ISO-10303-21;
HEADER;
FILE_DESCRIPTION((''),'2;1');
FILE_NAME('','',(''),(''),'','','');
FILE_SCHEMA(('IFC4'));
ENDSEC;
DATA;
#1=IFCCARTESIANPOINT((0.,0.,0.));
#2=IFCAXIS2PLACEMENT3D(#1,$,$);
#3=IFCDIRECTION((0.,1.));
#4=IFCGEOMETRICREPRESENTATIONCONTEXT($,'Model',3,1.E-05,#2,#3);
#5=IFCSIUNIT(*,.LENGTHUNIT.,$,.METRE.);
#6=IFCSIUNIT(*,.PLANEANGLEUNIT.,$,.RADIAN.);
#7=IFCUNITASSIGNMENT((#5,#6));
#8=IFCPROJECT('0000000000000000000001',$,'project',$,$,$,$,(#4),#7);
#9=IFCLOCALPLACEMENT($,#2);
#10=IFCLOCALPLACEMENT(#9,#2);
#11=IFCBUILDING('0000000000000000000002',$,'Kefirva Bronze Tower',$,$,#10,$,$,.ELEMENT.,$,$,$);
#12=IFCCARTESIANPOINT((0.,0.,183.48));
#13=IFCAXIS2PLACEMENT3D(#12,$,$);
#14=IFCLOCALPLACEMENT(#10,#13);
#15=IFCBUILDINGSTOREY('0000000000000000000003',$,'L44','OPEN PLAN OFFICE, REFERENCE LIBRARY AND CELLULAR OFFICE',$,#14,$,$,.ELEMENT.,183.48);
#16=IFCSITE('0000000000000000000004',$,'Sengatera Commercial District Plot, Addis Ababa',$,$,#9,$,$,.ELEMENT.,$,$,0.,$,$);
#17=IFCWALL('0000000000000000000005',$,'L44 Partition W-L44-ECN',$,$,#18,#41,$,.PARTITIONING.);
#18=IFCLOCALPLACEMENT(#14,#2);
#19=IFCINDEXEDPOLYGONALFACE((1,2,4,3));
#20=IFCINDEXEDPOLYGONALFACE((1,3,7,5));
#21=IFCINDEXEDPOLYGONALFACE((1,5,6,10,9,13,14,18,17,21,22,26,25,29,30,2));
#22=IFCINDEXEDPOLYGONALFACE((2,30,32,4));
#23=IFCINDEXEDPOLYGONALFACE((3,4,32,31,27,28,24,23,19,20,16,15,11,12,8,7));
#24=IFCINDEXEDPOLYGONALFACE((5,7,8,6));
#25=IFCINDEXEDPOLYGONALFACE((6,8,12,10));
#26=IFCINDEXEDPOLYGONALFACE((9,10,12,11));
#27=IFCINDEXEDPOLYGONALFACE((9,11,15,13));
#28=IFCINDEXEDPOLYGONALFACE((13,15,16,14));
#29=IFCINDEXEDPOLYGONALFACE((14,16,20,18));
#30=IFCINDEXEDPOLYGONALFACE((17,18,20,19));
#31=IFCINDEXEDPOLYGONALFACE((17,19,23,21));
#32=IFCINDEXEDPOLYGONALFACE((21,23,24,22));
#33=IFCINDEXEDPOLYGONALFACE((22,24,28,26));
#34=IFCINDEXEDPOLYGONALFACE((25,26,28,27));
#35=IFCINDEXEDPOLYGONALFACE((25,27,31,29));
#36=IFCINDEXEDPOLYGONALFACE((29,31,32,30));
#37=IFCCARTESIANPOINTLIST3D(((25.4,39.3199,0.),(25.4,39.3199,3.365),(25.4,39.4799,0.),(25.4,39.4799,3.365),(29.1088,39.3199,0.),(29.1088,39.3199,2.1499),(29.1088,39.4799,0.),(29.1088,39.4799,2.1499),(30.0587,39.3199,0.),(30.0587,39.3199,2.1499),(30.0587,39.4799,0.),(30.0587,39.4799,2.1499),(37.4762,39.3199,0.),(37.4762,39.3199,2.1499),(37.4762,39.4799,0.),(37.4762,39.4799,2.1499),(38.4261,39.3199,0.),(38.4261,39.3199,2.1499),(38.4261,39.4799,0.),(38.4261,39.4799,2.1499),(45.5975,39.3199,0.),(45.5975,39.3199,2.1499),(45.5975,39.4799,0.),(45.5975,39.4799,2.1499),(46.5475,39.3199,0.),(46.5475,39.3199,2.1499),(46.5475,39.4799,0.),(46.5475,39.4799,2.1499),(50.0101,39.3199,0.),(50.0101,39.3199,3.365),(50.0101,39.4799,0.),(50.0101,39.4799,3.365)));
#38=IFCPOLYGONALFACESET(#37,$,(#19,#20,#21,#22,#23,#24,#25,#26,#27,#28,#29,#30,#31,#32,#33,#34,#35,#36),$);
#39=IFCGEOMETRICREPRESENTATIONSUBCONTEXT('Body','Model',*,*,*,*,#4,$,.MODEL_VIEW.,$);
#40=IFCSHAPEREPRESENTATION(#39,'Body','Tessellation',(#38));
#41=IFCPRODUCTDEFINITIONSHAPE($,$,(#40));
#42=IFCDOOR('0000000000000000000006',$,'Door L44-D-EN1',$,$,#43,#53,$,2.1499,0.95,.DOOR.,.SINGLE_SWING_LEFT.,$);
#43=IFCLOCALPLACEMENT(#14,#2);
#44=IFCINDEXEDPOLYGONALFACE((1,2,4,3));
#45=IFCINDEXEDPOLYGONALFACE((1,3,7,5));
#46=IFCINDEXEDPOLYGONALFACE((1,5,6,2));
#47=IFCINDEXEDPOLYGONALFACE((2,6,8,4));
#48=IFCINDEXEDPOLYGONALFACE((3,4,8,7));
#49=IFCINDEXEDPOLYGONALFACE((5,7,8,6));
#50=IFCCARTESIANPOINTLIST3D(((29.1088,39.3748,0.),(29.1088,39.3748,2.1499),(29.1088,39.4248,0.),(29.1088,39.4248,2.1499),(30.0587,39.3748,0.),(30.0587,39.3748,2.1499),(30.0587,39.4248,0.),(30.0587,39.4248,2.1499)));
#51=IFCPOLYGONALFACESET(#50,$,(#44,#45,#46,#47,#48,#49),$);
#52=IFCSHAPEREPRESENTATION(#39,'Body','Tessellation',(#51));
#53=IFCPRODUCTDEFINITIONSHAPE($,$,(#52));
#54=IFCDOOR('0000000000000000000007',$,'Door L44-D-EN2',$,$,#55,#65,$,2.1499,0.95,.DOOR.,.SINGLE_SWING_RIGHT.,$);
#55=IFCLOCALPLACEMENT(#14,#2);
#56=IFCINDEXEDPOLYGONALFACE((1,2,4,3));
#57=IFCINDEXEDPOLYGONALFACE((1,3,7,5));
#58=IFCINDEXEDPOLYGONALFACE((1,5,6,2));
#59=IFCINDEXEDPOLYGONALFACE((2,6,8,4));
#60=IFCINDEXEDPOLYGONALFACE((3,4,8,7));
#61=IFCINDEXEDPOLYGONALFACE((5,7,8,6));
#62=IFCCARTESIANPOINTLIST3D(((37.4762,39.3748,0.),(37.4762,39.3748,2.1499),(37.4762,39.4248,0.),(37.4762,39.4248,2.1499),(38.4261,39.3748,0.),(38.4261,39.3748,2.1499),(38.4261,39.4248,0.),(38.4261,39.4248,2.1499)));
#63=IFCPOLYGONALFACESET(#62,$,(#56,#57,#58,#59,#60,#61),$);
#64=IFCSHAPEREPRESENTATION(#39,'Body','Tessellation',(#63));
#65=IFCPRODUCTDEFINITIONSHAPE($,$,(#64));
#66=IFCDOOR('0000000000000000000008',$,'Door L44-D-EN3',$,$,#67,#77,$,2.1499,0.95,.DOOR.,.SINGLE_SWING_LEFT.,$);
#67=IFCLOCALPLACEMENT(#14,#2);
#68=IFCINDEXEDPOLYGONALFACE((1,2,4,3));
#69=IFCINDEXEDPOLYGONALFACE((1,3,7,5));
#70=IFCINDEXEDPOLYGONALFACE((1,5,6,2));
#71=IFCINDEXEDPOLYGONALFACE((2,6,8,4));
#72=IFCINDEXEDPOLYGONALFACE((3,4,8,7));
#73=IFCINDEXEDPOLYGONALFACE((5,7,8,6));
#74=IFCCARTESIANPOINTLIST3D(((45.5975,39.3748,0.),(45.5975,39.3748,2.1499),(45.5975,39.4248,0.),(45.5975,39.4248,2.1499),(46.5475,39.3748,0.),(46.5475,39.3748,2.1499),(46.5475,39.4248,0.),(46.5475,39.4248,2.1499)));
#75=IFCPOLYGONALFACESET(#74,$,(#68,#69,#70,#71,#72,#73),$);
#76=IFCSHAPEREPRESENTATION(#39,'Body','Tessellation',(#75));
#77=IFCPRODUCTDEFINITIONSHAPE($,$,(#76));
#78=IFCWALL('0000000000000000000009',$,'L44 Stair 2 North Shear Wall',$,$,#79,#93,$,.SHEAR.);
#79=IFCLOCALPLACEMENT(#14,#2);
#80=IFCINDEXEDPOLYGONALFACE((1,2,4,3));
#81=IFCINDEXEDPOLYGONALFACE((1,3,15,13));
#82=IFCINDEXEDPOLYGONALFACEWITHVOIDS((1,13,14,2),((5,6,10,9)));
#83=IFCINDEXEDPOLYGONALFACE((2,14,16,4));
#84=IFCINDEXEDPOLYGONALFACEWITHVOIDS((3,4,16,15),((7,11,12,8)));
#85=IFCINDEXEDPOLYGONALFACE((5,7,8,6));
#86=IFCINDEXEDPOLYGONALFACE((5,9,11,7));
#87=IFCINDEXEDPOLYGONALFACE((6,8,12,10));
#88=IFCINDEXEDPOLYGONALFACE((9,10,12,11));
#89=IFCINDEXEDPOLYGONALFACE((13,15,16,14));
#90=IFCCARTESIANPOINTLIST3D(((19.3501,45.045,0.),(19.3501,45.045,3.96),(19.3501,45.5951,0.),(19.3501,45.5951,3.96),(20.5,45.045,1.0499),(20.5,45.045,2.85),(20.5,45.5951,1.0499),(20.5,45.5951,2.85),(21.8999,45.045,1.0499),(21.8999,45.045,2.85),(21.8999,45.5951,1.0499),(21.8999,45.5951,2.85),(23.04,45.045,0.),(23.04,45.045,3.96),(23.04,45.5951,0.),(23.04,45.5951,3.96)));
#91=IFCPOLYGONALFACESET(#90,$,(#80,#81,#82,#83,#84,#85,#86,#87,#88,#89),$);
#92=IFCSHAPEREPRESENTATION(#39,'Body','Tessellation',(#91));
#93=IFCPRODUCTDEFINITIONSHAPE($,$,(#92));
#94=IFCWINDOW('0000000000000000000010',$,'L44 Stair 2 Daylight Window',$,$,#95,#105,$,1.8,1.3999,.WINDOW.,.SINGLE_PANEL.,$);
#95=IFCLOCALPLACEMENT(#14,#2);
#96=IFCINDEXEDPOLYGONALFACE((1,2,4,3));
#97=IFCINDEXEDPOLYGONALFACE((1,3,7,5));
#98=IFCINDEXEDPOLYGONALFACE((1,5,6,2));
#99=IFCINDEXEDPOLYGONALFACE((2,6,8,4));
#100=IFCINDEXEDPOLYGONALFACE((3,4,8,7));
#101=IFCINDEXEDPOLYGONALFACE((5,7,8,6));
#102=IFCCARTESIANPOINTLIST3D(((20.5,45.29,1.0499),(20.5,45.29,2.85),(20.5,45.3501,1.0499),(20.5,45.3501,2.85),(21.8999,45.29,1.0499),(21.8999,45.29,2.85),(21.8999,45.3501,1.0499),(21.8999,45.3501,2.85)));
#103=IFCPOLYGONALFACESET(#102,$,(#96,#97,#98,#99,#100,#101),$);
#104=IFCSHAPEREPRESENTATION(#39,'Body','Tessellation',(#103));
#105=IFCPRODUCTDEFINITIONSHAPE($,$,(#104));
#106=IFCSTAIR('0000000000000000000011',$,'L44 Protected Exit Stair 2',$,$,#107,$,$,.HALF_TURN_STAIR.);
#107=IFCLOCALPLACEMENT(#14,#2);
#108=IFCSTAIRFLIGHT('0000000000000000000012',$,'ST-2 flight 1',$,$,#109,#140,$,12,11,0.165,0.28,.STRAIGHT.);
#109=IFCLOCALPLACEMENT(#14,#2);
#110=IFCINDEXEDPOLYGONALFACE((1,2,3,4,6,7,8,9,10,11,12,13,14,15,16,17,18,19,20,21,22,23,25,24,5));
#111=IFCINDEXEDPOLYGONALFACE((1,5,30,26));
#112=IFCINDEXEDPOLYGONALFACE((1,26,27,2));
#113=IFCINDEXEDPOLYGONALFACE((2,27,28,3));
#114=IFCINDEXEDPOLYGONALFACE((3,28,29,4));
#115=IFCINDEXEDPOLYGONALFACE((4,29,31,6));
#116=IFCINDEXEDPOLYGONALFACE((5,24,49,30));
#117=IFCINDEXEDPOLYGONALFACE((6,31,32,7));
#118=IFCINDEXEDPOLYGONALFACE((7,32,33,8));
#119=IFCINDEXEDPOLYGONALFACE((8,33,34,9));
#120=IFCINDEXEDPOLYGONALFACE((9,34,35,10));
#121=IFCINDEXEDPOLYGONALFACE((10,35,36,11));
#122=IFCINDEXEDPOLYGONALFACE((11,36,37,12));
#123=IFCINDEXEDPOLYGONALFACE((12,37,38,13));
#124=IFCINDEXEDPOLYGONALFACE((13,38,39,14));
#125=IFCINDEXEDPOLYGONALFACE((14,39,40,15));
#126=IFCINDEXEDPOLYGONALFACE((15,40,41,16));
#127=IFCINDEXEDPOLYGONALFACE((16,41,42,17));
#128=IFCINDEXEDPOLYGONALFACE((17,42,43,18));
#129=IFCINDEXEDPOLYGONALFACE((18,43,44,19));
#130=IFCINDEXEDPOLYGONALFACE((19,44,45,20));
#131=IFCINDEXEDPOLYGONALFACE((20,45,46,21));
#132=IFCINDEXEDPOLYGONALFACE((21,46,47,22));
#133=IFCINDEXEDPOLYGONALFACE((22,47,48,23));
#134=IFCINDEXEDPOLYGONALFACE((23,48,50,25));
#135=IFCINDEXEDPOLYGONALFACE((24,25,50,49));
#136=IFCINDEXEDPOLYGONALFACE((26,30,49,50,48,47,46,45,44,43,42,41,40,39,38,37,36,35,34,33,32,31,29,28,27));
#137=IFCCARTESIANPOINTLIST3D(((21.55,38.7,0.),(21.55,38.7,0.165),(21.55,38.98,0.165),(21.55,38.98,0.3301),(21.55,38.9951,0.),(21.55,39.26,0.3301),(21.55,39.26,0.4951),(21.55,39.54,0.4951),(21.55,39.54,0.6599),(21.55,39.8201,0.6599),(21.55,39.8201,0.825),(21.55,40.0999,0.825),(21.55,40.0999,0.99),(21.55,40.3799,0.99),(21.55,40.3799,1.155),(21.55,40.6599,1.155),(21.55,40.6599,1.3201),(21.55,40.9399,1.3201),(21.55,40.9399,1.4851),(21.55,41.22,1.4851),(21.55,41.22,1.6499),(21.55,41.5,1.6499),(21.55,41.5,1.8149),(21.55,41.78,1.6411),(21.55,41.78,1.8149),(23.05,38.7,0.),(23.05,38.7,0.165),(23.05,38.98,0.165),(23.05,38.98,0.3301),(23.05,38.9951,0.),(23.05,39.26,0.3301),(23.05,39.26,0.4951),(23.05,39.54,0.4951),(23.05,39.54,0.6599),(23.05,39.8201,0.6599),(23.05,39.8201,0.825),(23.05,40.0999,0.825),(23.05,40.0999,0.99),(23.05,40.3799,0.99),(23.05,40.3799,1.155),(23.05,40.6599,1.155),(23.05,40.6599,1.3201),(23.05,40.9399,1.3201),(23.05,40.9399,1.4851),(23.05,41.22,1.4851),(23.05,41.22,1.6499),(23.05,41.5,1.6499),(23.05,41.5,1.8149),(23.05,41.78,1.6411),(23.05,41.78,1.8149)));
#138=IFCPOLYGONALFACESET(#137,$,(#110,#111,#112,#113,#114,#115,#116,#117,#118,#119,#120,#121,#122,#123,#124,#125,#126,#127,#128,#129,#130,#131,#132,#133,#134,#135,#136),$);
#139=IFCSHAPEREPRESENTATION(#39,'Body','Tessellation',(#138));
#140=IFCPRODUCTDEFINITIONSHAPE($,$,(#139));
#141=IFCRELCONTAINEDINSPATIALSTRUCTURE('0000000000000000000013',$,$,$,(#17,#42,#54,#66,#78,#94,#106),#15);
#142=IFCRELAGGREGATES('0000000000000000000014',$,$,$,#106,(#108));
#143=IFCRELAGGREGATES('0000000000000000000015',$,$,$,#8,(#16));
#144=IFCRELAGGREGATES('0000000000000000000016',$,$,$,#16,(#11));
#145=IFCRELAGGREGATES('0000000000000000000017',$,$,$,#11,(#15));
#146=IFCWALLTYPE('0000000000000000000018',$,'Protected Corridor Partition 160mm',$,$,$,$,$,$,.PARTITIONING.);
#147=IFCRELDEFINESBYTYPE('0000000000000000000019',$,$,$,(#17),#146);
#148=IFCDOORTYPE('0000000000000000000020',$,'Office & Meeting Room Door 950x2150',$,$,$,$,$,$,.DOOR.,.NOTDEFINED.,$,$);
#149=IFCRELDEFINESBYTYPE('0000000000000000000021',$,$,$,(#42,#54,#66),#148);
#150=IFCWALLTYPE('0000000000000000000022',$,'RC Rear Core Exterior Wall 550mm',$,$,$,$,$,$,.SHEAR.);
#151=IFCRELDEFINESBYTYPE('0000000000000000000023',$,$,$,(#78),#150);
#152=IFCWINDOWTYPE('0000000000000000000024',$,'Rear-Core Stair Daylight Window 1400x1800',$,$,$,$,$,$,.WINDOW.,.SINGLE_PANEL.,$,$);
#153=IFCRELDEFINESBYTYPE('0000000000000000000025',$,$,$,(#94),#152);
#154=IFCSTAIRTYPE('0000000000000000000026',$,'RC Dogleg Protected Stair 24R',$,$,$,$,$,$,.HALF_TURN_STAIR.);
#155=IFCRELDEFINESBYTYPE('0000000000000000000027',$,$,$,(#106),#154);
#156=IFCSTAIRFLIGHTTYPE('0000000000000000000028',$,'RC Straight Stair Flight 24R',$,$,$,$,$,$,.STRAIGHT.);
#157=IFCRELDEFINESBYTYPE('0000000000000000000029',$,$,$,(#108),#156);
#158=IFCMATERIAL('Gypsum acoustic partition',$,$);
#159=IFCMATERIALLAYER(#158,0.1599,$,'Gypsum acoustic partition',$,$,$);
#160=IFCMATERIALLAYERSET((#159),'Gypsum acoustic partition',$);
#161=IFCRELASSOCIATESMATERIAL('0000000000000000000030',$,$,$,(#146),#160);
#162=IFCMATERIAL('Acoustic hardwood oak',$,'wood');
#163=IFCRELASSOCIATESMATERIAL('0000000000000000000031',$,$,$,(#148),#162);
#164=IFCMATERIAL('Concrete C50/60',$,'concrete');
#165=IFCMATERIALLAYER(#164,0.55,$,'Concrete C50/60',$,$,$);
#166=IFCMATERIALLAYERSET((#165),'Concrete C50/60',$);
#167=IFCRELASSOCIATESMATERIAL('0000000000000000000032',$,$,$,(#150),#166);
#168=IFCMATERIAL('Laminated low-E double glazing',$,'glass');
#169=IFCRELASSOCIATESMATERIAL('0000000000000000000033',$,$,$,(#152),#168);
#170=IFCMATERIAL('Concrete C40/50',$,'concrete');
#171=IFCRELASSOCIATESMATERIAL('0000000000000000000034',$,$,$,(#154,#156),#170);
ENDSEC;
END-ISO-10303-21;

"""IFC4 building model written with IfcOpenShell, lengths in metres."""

from ifc_helpers import new_model, si_unit, direction, frame, frame_2d, origin, place, context, subcontext, project, spatial, polyline, rectangle, outline, extrude, material, layer, layer_set, type_object, element, fill, aggregate, save


model = new_model("IFC4")

# Units and contexts
model_context = context("Model", 3, precision=1e-05, world=origin(), true_north=direction((0.0, 1.0)))
body_context = subcontext(model_context, "Body", "Model", "MODEL_VIEW")
ifc_project = project(units=[si_unit("LENGTHUNIT", "METRE"), si_unit("PLANEANGLEUNIT", "RADIAN")], contexts=[model_context])

# Site, building, storey
site_placement = place(None, origin())
site = spatial("IfcSite", under=ifc_project, at=site_placement, Name="Sengatera Commercial District Plot, Addis Ababa", CompositionType="ELEMENT", RefElevation=0.0)
building_placement = place(site_placement, origin())
building = spatial("IfcBuilding", under=site, at=building_placement, Name="Kefirva Bronze Tower", CompositionType="ELEMENT")
storey_placement = place(building_placement, frame((0.0, 0.0, 183.48)))
storey = spatial("IfcBuildingStorey", under=building, at=storey_placement, Name="L44", Description="OPEN PLAN OFFICE, REFERENCE LIBRARY AND CELLULAR OFFICE", CompositionType="ELEMENT", Elevation=183.48)

# Shared definitions
ifc_material_1 = material(Name="Concrete C50/60", Category="concrete")

# Shared definitions
ifc_material_2 = material(Name="Laminated low-E double glazing", Category="glass")

# Shared definitions
ifc_material_3 = material(Name="Gypsum acoustic partition")

# Wall, openings, doors
ifc_layer_1 = layer(ifc_material_3, 0.1599, Name="Gypsum acoustic partition")
ifc_layer_set_1 = layer_set([ifc_layer_1], Name="Gypsum acoustic partition")
wall_type_1 = type_object("IfcWallType", Name="Protected Corridor Partition 160mm", PredefinedType="PARTITIONING", material=ifc_layer_set_1)
wall_1_placement = place(storey_placement, frame((25.3999, 39.3999, 0.0), z_axis=(0.0, 0.0, 1.0), x_axis=(1.0, 0.0, 0.0)))
wall_1 = element("IfcWall", 1, at=wall_1_placement, inside=storey, type_object=wall_type_1, Name="L44 Partition W-L44-ECN", PredefinedType="PARTITIONING", context=body_context, shape_type="SweptSolid", body=[
    extrude(rectangle(XDim=24.6101, YDim=0.1599, at=frame_2d((12.3052, 0.0))), origin(), (0.0, 0.0, 1.0), 3.365),
])
opening_1_placement = place(wall_1_placement, frame((3.7087, 0.0, 0.0)))
opening_1 = element("IfcOpeningElement", 2, at=opening_1_placement, cuts=wall_1, PredefinedType="OPENING", context=body_context, shape_type="SweptSolid", body=[
    extrude(rectangle(XDim=0.95, YDim=2.1499, at=frame_2d((0.4751, 1.075))), frame((0.0, 0.0898, 0.0), z_axis=(0.0, -1.0, 0.0), x_axis=(1.0, 0.0, 0.0)), (0.0, 0.0, 1.0), 0.1799),
])
opening_2_placement = place(wall_1_placement, frame((12.0762, 0.0, 0.0)))
opening_2 = element("IfcOpeningElement", 3, at=opening_2_placement, cuts=wall_1, PredefinedType="OPENING", context=body_context, shape_type="SweptSolid", body=[
    extrude(rectangle(XDim=0.95, YDim=2.1499, at=frame_2d((0.4751, 1.075))), frame((0.0, 0.0898, 0.0), z_axis=(0.0, -1.0, 0.0), x_axis=(1.0, 0.0, 0.0)), (0.0, 0.0, 1.0), 0.1799),
])
opening_3_placement = place(wall_1_placement, frame((20.1975, 0.0, 0.0)))
opening_3 = element("IfcOpeningElement", 4, at=opening_3_placement, cuts=wall_1, PredefinedType="OPENING", context=body_context, shape_type="SweptSolid", body=[
    extrude(rectangle(XDim=0.95, YDim=2.1499, at=frame_2d((0.4751, 1.075))), frame((0.0, 0.0898, 0.0), z_axis=(0.0, -1.0, 0.0), x_axis=(1.0, 0.0, 0.0)), (0.0, 0.0, 1.0), 0.1799),
])
ifc_material_4 = material(Name="Acoustic hardwood oak", Category="wood")
door_type = type_object("IfcDoorType", Name="Office & Meeting Room Door 950x2150", OperationType="NOTDEFINED", PredefinedType="DOOR", material=ifc_material_4)
door_1_placement = place(opening_1_placement, origin())
door_1 = element("IfcDoor", 5, at=door_1_placement, inside=storey, type_object=door_type, Name="Door L44-D-EN1", OperationType="SINGLE_SWING_LEFT", OverallHeight=2.1499, OverallWidth=0.95, PredefinedType="DOOR", context=body_context, shape_type="SweptSolid", body=[
    extrude(rectangle(XDim=0.95, YDim=2.1499, at=frame_2d((0.4751, 1.075))), frame((0.0, 0.0249, 0.0), z_axis=(0.0, -1.0, 0.0), x_axis=(1.0, 0.0, 0.0)), (0.0, 0.0, 1.0), 0.05),
])
fill(opening_1, door_1)
door_2_placement = place(opening_2_placement, origin())
door_2 = element("IfcDoor", 6, at=door_2_placement, inside=storey, type_object=door_type, Name="Door L44-D-EN2", OperationType="SINGLE_SWING_RIGHT", OverallHeight=2.1499, OverallWidth=0.95, PredefinedType="DOOR", context=body_context, shape_type="SweptSolid", body=[
    extrude(rectangle(XDim=0.95, YDim=2.1499, at=frame_2d((0.4751, 1.075))), frame((0.0, 0.0249, 0.0), z_axis=(0.0, -1.0, 0.0), x_axis=(1.0, 0.0, 0.0)), (0.0, 0.0, 1.0), 0.05),
])
fill(opening_2, door_2)
door_3_placement = place(opening_3_placement, origin())
door_3 = element("IfcDoor", 7, at=door_3_placement, inside=storey, type_object=door_type, Name="Door L44-D-EN3", OperationType="SINGLE_SWING_LEFT", OverallHeight=2.1499, OverallWidth=0.95, PredefinedType="DOOR", context=body_context, shape_type="SweptSolid", body=[
    extrude(rectangle(XDim=0.95, YDim=2.1499, at=frame_2d((0.4751, 1.075))), frame((0.0, 0.0249, 0.0), z_axis=(0.0, -1.0, 0.0), x_axis=(1.0, 0.0, 0.0)), (0.0, 0.0, 1.0), 0.05),
])
fill(opening_3, door_3)

# Wall, opening, window
ifc_layer_2 = layer(ifc_material_1, 0.55, Name="Concrete C50/60")
ifc_layer_set_2 = layer_set([ifc_layer_2], Name="Concrete C50/60")
wall_type_2 = type_object("IfcWallType", Name="RC Rear Core Exterior Wall 550mm", PredefinedType="SHEAR", material=ifc_layer_set_2)
wall_2_placement = place(storey_placement, frame((19.3501, 45.3201, 0.0), z_axis=(0.0, 0.0, 1.0), x_axis=(1.0, 0.0, 0.0)))
wall_2 = element("IfcWall", 8, at=wall_2_placement, inside=storey, type_object=wall_type_2, Name="L44 Stair 2 North Shear Wall", PredefinedType="SHEAR", context=body_context, shape_type="SweptSolid", body=[
    extrude(rectangle(XDim=3.6899, YDim=0.55, at=frame_2d((1.845, 0.0))), origin(), (0.0, 0.0, 1.0), 3.96),
])
opening_4_placement = place(wall_2_placement, frame((1.1499, 0.0, 1.05)))
opening_4 = element("IfcOpeningElement", 9, at=opening_4_placement, cuts=wall_2, PredefinedType="OPENING", context=body_context, shape_type="SweptSolid", body=[
    extrude(rectangle(XDim=1.3999, YDim=1.8, at=frame_2d((0.7, 0.8999))), frame((0.0, 0.2852, 0.0), z_axis=(0.0, -1.0, 0.0), x_axis=(1.0, 0.0, 0.0)), (0.0, 0.0, 1.0), 0.5701),
])
window_type = type_object("IfcWindowType", Name="Rear-Core Stair Daylight Window 1400x1800", PartitioningType="SINGLE_PANEL", PredefinedType="WINDOW", material=ifc_material_2)
window_placement = place(opening_4_placement, origin())
window = element("IfcWindow", 10, at=window_placement, inside=storey, type_object=window_type, Name="L44 Stair 2 Daylight Window", OverallHeight=1.8, OverallWidth=1.3999, PartitioningType="SINGLE_PANEL", PredefinedType="WINDOW", context=body_context, shape_type="SweptSolid", body=[
    extrude(rectangle(XDim=1.3999, YDim=1.8, at=frame_2d((0.7, 0.8999))), frame((0.0, 0.03, 0.0), z_axis=(0.0, -1.0, 0.0), x_axis=(1.0, 0.0, 0.0)), (0.0, 0.0, 1.0), 0.0601),
])
fill(opening_4, window)

# Stair, stair flight
ifc_material_5 = material(Name="Concrete C40/50", Category="concrete")
stair_type = type_object("IfcStairType", Name="RC Dogleg Protected Stair 24R", PredefinedType="HALF_TURN_STAIR", material=ifc_material_5)
stair_placement = place(storey_placement, origin())
stair = element("IfcStair", 11, at=stair_placement, inside=storey, type_object=stair_type, Name="L44 Protected Exit Stair 2", PredefinedType="HALF_TURN_STAIR")
stair_flight_type = type_object("IfcStairFlightType", Name="RC Straight Stair Flight 24R", PredefinedType="STRAIGHT", material=ifc_material_5)
stair_flight_1_placement = place(storey_placement, frame((22.3, 38.7, 0.0), z_axis=(0.0, 0.0, 1.0), x_axis=(0.0, 1.0, 0.0)))
stair_flight_1 = element("IfcStairFlight", 12, at=stair_flight_1_placement, type_object=stair_flight_type, Name="ST-2 flight 1", NumberOfRisers=12, NumberOfTreads=11, PredefinedType="STRAIGHT", RiserHeight=0.165, TreadLength=0.28, context=body_context, shape_type="SweptSolid", body=[
    extrude(outline(polyline([(0.0, 0.0), (0.0, 0.165), (0.28, 0.165), (0.28, 0.3301), (0.5601, 0.3301), (0.5601, 0.4951), (0.8401, 0.4951), (0.8401, 0.6599), (1.1201, 0.6599), (1.1201, 0.825), (1.3999, 0.825), (1.3999, 0.99), (1.6799, 0.99), (1.6799, 1.155), (1.96, 1.155), (1.96, 1.3201), (2.24, 1.3201), (2.24, 1.4851), (2.52, 1.4851), (2.52, 1.6499), (2.8, 1.6499), (2.8, 1.8149), (3.0801, 1.8149), (3.0801, 1.98), (3.0801, 1.6411), (0.2952, 0.0), (0.0, 0.0)])), frame((0.0, 0.75, 0.0), z_axis=(0.0, -1.0, 0.0), x_axis=(1.0, 0.0, 0.0)), (0.0, 0.0, 1.0), 1.5),
])
aggregate(stair, [stair_flight_1])

save(model, "model.ifc")
